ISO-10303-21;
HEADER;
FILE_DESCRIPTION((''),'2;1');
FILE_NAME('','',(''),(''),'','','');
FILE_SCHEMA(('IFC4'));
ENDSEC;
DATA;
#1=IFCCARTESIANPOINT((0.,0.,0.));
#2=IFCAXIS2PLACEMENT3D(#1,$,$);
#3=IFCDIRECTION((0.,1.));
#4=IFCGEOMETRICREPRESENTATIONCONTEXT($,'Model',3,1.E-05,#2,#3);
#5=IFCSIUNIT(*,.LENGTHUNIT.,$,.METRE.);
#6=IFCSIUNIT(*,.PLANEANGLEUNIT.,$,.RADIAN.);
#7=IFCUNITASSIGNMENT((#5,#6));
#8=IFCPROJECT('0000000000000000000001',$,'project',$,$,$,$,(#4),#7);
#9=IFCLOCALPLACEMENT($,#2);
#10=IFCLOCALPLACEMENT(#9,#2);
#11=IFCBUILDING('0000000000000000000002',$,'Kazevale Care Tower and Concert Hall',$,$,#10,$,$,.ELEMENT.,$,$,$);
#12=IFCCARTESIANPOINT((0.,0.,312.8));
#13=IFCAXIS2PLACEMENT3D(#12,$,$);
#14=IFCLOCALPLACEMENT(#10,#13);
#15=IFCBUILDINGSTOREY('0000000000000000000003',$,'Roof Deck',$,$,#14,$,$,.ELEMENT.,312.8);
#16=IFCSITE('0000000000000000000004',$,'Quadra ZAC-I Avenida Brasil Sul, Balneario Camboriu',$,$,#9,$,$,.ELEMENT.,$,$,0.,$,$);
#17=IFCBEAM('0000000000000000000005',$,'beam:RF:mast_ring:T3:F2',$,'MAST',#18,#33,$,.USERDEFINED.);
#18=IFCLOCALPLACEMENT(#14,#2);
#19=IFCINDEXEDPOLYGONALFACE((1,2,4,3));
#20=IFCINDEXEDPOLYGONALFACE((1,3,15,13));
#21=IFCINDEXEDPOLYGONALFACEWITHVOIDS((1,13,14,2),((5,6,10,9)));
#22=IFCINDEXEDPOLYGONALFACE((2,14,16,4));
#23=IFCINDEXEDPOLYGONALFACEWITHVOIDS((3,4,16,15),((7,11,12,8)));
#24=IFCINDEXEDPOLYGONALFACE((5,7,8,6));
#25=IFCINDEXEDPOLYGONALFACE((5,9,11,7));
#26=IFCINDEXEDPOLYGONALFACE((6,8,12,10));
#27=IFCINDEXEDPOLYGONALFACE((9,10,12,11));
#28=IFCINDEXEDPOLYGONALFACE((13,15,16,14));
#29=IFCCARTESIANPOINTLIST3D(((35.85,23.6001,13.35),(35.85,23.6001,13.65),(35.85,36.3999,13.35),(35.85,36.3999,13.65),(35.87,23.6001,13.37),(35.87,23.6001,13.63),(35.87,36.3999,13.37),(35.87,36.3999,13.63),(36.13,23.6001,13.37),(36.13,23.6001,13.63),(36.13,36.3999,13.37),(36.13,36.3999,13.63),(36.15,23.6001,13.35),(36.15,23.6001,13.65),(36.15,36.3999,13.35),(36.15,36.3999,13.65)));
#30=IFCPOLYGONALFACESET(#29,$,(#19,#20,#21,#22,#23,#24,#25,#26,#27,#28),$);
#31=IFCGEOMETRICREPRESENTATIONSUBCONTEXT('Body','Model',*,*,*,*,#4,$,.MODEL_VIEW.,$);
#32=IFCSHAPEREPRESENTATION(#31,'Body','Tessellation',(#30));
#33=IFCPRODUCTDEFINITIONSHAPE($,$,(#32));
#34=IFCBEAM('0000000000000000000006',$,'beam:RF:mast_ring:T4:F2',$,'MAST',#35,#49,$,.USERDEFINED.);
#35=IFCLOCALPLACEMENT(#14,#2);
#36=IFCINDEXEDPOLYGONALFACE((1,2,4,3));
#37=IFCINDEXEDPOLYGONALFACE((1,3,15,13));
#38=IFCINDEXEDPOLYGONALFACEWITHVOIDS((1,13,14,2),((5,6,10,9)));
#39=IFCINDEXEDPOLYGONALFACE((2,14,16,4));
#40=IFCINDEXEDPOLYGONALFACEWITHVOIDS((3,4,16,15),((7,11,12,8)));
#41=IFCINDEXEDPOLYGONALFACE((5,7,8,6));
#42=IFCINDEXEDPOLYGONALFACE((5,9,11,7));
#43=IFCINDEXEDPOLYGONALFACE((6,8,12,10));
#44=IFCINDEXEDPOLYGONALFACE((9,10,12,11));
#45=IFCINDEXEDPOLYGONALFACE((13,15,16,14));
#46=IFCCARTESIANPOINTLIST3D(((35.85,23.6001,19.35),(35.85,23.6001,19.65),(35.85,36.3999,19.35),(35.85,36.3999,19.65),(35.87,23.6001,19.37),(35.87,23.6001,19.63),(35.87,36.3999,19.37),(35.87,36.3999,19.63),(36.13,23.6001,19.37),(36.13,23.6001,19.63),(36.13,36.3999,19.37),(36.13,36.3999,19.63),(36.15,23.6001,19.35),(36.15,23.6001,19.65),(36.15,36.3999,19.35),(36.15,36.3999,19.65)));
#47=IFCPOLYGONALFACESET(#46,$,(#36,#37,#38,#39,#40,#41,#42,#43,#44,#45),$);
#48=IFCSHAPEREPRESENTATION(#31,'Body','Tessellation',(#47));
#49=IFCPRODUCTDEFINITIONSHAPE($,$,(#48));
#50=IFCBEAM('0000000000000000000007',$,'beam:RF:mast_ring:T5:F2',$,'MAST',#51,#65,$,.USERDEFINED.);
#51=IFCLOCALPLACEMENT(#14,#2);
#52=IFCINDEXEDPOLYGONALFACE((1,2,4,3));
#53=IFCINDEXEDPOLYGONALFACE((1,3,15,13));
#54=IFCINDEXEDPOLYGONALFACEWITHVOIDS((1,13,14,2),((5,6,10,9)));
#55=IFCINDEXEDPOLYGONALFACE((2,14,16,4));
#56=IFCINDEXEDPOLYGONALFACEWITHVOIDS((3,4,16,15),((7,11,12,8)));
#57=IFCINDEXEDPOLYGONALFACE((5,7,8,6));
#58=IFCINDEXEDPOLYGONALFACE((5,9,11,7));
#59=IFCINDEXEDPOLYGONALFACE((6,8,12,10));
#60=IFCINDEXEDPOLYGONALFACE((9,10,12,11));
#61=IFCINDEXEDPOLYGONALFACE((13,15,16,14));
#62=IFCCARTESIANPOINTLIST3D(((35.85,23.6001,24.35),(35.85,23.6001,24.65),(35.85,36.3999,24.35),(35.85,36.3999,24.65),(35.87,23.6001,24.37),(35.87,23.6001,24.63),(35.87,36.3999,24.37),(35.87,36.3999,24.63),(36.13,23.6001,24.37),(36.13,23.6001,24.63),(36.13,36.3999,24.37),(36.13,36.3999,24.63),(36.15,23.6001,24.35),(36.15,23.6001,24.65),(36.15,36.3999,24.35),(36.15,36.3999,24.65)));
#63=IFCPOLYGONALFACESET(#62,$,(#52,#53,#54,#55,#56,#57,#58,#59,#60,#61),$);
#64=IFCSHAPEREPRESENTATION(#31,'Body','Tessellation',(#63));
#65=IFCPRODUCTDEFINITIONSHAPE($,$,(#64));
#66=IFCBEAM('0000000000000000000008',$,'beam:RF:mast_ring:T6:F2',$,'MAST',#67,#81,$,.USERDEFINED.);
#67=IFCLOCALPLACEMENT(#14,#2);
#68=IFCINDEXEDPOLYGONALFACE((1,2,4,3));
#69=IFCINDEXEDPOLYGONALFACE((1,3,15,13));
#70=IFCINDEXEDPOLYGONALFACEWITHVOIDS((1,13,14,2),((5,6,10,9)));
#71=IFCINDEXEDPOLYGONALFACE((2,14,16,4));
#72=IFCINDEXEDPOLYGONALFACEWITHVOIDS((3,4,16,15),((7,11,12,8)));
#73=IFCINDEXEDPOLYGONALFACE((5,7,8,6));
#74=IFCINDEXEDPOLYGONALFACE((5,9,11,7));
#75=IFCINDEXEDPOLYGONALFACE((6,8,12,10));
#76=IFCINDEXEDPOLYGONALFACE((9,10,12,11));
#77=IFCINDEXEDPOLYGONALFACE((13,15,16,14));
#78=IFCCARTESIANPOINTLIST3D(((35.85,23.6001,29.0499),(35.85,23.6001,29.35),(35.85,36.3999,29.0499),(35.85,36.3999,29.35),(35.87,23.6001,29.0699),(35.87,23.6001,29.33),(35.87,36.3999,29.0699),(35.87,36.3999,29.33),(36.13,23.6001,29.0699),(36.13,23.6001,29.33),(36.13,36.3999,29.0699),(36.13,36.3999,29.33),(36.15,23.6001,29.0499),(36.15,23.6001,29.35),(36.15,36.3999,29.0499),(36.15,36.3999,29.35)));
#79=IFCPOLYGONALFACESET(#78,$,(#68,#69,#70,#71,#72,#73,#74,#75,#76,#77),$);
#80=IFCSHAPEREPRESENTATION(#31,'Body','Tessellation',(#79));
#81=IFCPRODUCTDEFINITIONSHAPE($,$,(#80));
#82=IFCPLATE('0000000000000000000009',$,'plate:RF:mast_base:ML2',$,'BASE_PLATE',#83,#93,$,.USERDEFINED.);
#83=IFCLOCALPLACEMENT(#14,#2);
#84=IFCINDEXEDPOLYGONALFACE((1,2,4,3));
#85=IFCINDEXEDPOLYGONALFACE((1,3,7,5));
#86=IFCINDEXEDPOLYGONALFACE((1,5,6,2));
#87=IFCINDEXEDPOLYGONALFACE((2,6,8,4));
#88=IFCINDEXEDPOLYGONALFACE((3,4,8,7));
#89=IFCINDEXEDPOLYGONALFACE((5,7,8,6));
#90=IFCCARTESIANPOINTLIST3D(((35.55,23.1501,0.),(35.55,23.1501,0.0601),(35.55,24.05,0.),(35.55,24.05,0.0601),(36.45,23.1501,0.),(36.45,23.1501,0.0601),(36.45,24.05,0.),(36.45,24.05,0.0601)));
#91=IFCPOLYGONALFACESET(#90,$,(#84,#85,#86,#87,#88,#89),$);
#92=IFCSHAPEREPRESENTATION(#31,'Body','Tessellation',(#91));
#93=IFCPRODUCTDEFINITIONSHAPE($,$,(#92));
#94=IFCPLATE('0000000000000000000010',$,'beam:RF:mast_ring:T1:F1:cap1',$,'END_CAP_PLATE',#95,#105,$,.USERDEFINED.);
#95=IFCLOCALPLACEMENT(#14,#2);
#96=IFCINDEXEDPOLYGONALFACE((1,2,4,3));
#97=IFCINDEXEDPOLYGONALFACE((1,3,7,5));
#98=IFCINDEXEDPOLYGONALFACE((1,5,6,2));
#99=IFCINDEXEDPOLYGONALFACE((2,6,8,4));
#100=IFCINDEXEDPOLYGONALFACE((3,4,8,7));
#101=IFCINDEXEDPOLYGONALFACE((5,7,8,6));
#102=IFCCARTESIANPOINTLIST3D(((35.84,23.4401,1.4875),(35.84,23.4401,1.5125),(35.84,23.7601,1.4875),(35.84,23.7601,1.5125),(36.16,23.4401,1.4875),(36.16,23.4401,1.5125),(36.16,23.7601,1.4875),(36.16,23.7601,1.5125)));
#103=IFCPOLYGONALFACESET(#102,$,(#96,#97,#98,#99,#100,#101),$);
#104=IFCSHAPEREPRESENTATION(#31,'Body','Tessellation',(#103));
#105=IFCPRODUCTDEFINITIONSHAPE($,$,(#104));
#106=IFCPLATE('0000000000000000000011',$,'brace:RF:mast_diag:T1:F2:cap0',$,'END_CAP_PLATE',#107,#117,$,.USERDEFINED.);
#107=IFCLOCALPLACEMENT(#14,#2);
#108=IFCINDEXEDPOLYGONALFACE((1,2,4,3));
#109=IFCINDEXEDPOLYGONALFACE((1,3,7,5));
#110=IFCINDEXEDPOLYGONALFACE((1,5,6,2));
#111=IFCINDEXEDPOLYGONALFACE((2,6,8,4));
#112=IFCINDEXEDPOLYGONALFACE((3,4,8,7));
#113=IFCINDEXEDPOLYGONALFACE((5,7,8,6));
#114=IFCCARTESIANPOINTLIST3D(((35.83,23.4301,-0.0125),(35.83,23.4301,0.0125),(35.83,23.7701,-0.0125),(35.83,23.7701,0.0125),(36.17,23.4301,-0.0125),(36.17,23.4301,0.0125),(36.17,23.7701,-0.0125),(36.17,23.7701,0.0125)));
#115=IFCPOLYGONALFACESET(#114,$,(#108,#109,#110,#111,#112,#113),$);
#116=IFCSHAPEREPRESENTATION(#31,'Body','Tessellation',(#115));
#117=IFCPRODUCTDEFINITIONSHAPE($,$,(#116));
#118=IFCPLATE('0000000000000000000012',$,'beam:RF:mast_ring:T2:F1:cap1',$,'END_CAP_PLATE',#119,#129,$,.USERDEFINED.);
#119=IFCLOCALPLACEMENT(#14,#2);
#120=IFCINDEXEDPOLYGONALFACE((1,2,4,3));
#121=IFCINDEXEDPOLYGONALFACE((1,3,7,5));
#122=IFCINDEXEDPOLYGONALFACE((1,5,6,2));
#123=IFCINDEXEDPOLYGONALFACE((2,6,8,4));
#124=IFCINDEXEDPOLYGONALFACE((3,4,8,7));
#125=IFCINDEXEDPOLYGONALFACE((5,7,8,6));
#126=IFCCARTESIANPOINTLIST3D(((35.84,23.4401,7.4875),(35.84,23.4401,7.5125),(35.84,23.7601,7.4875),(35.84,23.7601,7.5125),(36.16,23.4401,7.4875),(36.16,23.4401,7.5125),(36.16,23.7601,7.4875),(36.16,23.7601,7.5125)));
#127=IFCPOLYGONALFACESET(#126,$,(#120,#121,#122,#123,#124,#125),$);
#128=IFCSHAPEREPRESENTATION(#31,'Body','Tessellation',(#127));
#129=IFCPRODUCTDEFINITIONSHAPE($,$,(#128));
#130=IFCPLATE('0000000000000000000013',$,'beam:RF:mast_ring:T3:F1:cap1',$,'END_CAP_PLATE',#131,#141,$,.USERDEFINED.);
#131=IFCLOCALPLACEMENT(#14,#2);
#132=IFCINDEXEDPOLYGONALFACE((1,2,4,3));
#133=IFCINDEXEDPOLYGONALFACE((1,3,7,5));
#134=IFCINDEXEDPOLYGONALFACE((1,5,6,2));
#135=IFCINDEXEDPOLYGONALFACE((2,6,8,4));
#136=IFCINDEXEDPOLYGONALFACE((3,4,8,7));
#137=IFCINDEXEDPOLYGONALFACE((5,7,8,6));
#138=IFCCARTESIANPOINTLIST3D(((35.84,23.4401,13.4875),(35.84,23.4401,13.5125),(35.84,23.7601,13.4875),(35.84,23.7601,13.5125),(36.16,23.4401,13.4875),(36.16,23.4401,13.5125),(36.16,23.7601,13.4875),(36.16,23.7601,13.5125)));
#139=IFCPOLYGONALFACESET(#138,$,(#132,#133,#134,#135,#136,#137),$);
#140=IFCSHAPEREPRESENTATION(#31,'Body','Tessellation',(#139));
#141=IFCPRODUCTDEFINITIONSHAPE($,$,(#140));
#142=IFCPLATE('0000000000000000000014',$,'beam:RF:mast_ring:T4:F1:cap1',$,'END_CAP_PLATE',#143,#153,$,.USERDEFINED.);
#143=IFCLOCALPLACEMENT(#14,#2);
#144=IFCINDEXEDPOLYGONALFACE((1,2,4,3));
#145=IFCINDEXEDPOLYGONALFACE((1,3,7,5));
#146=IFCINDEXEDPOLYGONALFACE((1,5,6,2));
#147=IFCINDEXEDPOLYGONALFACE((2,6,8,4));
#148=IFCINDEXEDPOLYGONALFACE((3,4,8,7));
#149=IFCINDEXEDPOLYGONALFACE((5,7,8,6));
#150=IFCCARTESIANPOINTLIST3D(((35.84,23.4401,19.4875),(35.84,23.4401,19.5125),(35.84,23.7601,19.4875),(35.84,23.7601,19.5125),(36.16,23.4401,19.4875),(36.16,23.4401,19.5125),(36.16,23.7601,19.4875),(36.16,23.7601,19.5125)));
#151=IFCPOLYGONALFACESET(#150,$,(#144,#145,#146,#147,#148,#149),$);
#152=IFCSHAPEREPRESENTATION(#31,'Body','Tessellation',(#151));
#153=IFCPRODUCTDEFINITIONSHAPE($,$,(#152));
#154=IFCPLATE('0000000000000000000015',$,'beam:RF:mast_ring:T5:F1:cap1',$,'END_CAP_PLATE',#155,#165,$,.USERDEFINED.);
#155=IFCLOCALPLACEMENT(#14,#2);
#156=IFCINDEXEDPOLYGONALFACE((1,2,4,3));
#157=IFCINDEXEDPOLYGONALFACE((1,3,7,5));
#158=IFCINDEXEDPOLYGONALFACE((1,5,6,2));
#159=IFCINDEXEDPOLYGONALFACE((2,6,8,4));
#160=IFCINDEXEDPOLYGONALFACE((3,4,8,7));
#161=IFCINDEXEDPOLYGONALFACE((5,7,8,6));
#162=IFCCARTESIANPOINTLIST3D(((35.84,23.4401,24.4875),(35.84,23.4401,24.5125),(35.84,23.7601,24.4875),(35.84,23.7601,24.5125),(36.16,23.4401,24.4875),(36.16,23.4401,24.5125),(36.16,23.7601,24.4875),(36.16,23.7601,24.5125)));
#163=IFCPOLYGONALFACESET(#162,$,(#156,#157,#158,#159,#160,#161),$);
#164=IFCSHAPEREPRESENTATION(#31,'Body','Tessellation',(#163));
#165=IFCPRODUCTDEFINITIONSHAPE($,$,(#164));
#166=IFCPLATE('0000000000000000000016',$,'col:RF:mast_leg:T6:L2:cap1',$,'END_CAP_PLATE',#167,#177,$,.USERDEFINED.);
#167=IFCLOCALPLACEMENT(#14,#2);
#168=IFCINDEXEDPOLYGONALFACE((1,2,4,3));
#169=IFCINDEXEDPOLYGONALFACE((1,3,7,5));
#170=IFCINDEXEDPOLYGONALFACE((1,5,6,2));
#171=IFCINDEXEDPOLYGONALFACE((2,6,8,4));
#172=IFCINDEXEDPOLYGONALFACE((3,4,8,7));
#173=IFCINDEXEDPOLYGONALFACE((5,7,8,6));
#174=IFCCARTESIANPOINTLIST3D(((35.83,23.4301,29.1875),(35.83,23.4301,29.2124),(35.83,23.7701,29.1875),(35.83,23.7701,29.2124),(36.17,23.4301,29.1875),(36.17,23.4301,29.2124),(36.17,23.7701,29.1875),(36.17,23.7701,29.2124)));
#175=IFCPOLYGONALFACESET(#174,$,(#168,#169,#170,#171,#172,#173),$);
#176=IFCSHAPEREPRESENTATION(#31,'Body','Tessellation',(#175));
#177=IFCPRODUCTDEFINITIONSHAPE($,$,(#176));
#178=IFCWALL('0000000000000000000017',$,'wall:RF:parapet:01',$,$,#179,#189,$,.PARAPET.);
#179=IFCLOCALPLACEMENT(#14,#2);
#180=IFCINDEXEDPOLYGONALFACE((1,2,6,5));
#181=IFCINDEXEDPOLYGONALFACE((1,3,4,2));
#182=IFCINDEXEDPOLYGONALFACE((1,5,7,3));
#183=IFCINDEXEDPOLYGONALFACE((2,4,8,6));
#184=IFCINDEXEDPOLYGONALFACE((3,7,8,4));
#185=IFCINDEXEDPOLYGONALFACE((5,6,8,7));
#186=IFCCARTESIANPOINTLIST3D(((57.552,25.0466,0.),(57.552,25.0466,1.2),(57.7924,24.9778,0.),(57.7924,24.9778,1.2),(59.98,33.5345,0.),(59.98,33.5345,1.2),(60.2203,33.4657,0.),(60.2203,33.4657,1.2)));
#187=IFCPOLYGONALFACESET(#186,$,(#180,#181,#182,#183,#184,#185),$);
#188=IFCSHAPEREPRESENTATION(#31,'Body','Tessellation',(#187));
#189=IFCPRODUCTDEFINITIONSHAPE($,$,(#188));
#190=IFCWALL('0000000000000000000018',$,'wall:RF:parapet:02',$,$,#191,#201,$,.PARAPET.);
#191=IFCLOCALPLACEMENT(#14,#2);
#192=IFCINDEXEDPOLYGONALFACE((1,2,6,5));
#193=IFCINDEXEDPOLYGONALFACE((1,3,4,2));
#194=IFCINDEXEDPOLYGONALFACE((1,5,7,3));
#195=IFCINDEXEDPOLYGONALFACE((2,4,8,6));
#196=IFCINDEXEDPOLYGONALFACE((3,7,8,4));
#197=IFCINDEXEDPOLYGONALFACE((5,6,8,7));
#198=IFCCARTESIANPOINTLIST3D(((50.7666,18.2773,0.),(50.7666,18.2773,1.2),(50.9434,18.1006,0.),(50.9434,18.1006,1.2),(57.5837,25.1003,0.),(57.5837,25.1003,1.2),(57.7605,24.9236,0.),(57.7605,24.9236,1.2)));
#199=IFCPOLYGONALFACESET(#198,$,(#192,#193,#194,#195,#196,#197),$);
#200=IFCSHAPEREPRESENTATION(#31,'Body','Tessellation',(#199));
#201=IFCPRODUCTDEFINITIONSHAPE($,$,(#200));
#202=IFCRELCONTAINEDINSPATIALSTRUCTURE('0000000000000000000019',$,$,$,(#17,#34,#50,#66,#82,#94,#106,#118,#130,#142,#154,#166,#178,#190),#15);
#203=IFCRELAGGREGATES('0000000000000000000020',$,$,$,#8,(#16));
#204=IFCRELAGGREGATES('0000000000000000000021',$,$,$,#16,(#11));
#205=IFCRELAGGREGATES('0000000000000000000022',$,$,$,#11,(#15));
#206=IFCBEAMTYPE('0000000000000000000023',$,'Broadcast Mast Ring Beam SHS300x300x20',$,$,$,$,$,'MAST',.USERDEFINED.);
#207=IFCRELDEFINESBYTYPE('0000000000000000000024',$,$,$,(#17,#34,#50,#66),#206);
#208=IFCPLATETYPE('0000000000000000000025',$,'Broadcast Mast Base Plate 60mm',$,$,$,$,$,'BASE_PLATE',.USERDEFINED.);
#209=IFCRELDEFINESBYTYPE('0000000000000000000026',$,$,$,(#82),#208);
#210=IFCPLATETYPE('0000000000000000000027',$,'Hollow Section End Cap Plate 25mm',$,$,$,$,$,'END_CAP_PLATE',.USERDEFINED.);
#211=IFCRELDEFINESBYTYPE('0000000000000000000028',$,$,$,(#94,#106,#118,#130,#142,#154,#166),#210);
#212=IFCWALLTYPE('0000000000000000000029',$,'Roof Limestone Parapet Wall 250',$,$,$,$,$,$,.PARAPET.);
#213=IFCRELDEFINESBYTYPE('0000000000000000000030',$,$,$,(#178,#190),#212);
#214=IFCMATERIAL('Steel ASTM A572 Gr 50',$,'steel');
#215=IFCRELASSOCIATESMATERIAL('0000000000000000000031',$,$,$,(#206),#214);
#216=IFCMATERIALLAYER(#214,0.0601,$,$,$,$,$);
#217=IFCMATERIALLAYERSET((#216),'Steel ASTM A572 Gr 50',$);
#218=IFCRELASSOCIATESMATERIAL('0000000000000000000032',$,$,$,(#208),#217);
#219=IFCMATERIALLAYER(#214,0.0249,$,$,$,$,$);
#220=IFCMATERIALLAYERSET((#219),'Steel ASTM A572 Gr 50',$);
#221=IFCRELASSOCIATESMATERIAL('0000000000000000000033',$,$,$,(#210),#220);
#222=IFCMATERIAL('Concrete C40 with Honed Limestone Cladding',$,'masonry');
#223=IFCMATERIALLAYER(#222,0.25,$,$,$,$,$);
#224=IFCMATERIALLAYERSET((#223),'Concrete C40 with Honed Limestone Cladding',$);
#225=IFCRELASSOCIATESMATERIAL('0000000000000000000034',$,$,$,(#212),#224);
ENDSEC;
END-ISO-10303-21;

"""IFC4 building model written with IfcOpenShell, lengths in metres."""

from ifc_helpers import new_model, si_unit, direction, frame, frame_2d, origin, origin_2d, place, context, subcontext, project, spatial, rectangle, hollow_rectangle, extrude, material, layer, layer_set, material_profile, profile_set, type_object, element, save


model = new_model("IFC4")

# Units and contexts
model_context = context("Model", 3, precision=1e-05, world=origin(), true_north=direction((0.0, 1.0)))
body_context = subcontext(model_context, "Body", "Model", "MODEL_VIEW")
ifc_project = project(units=[si_unit("LENGTHUNIT", "METRE"), si_unit("PLANEANGLEUNIT", "RADIAN")], contexts=[model_context])

# Site, building, storey
site_placement = place(None, origin())
site = spatial("IfcSite", under=ifc_project, at=site_placement, Name="Quadra ZAC-I Avenida Brasil Sul, Balneario Camboriu", CompositionType="ELEMENT", RefElevation=0.0)
building_placement = place(site_placement, origin())
building = spatial("IfcBuilding", under=site, at=building_placement, Name="Kazevale Care Tower and Concert Hall", CompositionType="ELEMENT")
storey_placement = place(building_placement, frame((0.0, 0.0, 312.8)))
storey = spatial("IfcBuildingStorey", under=building, at=storey_placement, Name="Roof Deck", CompositionType="ELEMENT", Elevation=312.8)

# Shared definitions
ifc_material_1 = material(Name="Steel ASTM A572 Gr 50", Category="steel")

# Beams
ifc_material_profile_1 = material_profile(ifc_material_1, hollow_rectangle(XDim=0.3, YDim=0.3, WallThickness=0.02, at=origin_2d()), Name="SHS300x300x20")
ifc_profile_set_1 = profile_set([ifc_material_profile_1], Name="Steel ASTM A572 Gr 50")
beam_type = type_object("IfcBeamType", Name="Broadcast Mast Ring Beam SHS300x300x20", ElementType="MAST", PredefinedType="USERDEFINED", material=ifc_profile_set_1)
for number, where, z_axis, x_axis, name in (
    (1, (36.0, 23.6001, 13.5), (0.0, 1.0, 0.0), (-1.0, 0.0, 0.0), "beam:RF:mast_ring:T3:F2"),
    (2, (36.0, 23.6001, 19.5), (0.0, 1.0, 0.0), (-1.0, 0.0, 0.0), "beam:RF:mast_ring:T4:F2"),
    (3, (36.0, 23.6001, 24.5), (0.0, 1.0, 0.0), (-1.0, 0.0, 0.0), "beam:RF:mast_ring:T5:F2"),
    (4, (36.0, 23.6001, 29.2), (0.0, 1.0, 0.0), (-1.0, 0.0, 0.0), "beam:RF:mast_ring:T6:F2"),
):
    element("IfcBeam", number, at=place(storey_placement, frame(where, z_axis=z_axis, x_axis=x_axis)), inside=storey, type_object=beam_type, Name=name, ObjectType="MAST", PredefinedType="USERDEFINED", context=body_context, shape_type="SweptSolid", body=[
        extrude(hollow_rectangle(XDim=0.3, YDim=0.3, WallThickness=0.02, at=origin_2d()), origin(), (0.0, 0.0, 1.0), 12.7998),
    ])

# Plates
ifc_layer_1 = layer(ifc_material_1, 0.0601)
ifc_layer_set_1 = layer_set([ifc_layer_1], Name="Steel ASTM A572 Gr 50")
plate_type_1 = type_object("IfcPlateType", Name="Broadcast Mast Base Plate 60mm", ElementType="BASE_PLATE", PredefinedType="USERDEFINED", material=ifc_layer_set_1)
plate_1_placement = place(storey_placement, frame((36.0, 23.6001, 0.0), z_axis=(0.0, 0.0, 1.0), x_axis=(1.0, 0.0, 0.0)))
element("IfcPlate", 5, at=plate_1_placement, inside=storey, type_object=plate_type_1, Name="plate:RF:mast_base:ML2", ObjectType="BASE_PLATE", PredefinedType="USERDEFINED", context=body_context, shape_type="SweptSolid", body=[
    extrude(rectangle(XDim=0.8999, YDim=0.8999, at=origin_2d()), origin(), (0.0, 0.0, 1.0), 0.0601),
])
ifc_layer_2 = layer(ifc_material_1, 0.0249)
ifc_layer_set_2 = layer_set([ifc_layer_2], Name="Steel ASTM A572 Gr 50")
plate_type_2 = type_object("IfcPlateType", Name="Hollow Section End Cap Plate 25mm", ElementType="END_CAP_PLATE", PredefinedType="USERDEFINED", material=ifc_layer_set_2)
plate_2_placement = place(storey_placement, frame((36.0, 23.6001, 1.4875), z_axis=(0.0, 0.0, 1.0), x_axis=(1.0, 0.0, 0.0)))
element("IfcPlate", 6, at=plate_2_placement, inside=storey, type_object=plate_type_2, Name="beam:RF:mast_ring:T1:F1:cap1", ObjectType="END_CAP_PLATE", PredefinedType="USERDEFINED", context=body_context, shape_type="SweptSolid", body=[
    extrude(rectangle(XDim=0.3201, YDim=0.3201, at=origin_2d()), origin(), (0.0, 0.0, 1.0), 0.0249),
])
plate_3_placement = place(storey_placement, frame((36.0, 23.6001, -0.0125), z_axis=(0.0, 0.0, 1.0), x_axis=(1.0, 0.0, 0.0)))
element("IfcPlate", 7, at=plate_3_placement, inside=storey, type_object=plate_type_2, Name="brace:RF:mast_diag:T1:F2:cap0", ObjectType="END_CAP_PLATE", PredefinedType="USERDEFINED", context=body_context, shape_type="SweptSolid", body=[
    extrude(rectangle(XDim=0.3401, YDim=0.3401, at=origin_2d()), origin(), (0.0, 0.0, 1.0), 0.0249),
])
for number, where, z_axis, x_axis, name in (
    (8, (36.0, 23.6001, 7.4875), (0.0, 0.0, 1.0), (1.0, 0.0, 0.0), "beam:RF:mast_ring:T2:F1:cap1"),
    (9, (36.0, 23.6001, 13.4875), (0.0, 0.0, 1.0), (1.0, 0.0, 0.0), "beam:RF:mast_ring:T3:F1:cap1"),
    (10, (36.0, 23.6001, 19.4875), (0.0, 0.0, 1.0), (1.0, 0.0, 0.0), "beam:RF:mast_ring:T4:F1:cap1"),
    (11, (36.0, 23.6001, 24.4875), (0.0, 0.0, 1.0), (1.0, 0.0, 0.0), "beam:RF:mast_ring:T5:F1:cap1"),
):
    element("IfcPlate", number, at=place(storey_placement, frame(where, z_axis=z_axis, x_axis=x_axis)), inside=storey, type_object=plate_type_2, Name=name, ObjectType="END_CAP_PLATE", PredefinedType="USERDEFINED", context=body_context, shape_type="SweptSolid", body=[
        extrude(rectangle(XDim=0.3201, YDim=0.3201, at=origin_2d()), origin(), (0.0, 0.0, 1.0), 0.0249),
    ])
plate_4_placement = place(storey_placement, frame((36.0, 23.6001, 29.1875), z_axis=(0.0, 0.0, 1.0), x_axis=(1.0, 0.0, 0.0)))
element("IfcPlate", 12, at=plate_4_placement, inside=storey, type_object=plate_type_2, Name="col:RF:mast_leg:T6:L2:cap1", ObjectType="END_CAP_PLATE", PredefinedType="USERDEFINED", context=body_context, shape_type="SweptSolid", body=[
    extrude(rectangle(XDim=0.3401, YDim=0.3401, at=origin_2d()), origin(), (0.0, 0.0, 1.0), 0.0249),
])

# Walls
ifc_material_2 = material(Name="Concrete C40 with Honed Limestone Cladding", Category="masonry")
ifc_layer_3 = layer(ifc_material_2, 0.25)
ifc_layer_set_3 = layer_set([ifc_layer_3], Name="Concrete C40 with Honed Limestone Cladding")
wall_type = type_object("IfcWallType", Name="Roof Limestone Parapet Wall 250", PredefinedType="PARAPET", material=ifc_layer_set_3)
wall_1_placement = place(storey_placement, frame((60.1001, 33.5, 0.0), z_axis=(0.0, 0.0, 1.0), x_axis=(-0.275017, -0.961439, 0.0)))
element("IfcWall", 13, at=wall_1_placement, inside=storey, type_object=wall_type, Name="wall:RF:parapet:01", PredefinedType="PARAPET", context=body_context, shape_type="SweptSolid", body=[
    extrude(rectangle(XDim=8.8284, YDim=0.25, at=frame_2d((4.4141, 0.0))), origin(), (0.0, 0.0, 1.0), 1.2),
])
wall_2_placement = place(storey_placement, frame((57.6721, 25.012, 0.0), z_axis=(0.0, 0.0, 1.0), x_axis=(-0.706803, -0.70741, 0.0)))
element("IfcWall", 14, at=wall_2_placement, inside=storey, type_object=wall_type, Name="wall:RF:parapet:02", PredefinedType="PARAPET", context=body_context, shape_type="SweptSolid", body=[
    extrude(rectangle(XDim=9.645, YDim=0.25, at=frame_2d((4.8225, 0.0))), origin(), (0.0, 0.0, 1.0), 1.2),
])

save(model, "model.ifc")
